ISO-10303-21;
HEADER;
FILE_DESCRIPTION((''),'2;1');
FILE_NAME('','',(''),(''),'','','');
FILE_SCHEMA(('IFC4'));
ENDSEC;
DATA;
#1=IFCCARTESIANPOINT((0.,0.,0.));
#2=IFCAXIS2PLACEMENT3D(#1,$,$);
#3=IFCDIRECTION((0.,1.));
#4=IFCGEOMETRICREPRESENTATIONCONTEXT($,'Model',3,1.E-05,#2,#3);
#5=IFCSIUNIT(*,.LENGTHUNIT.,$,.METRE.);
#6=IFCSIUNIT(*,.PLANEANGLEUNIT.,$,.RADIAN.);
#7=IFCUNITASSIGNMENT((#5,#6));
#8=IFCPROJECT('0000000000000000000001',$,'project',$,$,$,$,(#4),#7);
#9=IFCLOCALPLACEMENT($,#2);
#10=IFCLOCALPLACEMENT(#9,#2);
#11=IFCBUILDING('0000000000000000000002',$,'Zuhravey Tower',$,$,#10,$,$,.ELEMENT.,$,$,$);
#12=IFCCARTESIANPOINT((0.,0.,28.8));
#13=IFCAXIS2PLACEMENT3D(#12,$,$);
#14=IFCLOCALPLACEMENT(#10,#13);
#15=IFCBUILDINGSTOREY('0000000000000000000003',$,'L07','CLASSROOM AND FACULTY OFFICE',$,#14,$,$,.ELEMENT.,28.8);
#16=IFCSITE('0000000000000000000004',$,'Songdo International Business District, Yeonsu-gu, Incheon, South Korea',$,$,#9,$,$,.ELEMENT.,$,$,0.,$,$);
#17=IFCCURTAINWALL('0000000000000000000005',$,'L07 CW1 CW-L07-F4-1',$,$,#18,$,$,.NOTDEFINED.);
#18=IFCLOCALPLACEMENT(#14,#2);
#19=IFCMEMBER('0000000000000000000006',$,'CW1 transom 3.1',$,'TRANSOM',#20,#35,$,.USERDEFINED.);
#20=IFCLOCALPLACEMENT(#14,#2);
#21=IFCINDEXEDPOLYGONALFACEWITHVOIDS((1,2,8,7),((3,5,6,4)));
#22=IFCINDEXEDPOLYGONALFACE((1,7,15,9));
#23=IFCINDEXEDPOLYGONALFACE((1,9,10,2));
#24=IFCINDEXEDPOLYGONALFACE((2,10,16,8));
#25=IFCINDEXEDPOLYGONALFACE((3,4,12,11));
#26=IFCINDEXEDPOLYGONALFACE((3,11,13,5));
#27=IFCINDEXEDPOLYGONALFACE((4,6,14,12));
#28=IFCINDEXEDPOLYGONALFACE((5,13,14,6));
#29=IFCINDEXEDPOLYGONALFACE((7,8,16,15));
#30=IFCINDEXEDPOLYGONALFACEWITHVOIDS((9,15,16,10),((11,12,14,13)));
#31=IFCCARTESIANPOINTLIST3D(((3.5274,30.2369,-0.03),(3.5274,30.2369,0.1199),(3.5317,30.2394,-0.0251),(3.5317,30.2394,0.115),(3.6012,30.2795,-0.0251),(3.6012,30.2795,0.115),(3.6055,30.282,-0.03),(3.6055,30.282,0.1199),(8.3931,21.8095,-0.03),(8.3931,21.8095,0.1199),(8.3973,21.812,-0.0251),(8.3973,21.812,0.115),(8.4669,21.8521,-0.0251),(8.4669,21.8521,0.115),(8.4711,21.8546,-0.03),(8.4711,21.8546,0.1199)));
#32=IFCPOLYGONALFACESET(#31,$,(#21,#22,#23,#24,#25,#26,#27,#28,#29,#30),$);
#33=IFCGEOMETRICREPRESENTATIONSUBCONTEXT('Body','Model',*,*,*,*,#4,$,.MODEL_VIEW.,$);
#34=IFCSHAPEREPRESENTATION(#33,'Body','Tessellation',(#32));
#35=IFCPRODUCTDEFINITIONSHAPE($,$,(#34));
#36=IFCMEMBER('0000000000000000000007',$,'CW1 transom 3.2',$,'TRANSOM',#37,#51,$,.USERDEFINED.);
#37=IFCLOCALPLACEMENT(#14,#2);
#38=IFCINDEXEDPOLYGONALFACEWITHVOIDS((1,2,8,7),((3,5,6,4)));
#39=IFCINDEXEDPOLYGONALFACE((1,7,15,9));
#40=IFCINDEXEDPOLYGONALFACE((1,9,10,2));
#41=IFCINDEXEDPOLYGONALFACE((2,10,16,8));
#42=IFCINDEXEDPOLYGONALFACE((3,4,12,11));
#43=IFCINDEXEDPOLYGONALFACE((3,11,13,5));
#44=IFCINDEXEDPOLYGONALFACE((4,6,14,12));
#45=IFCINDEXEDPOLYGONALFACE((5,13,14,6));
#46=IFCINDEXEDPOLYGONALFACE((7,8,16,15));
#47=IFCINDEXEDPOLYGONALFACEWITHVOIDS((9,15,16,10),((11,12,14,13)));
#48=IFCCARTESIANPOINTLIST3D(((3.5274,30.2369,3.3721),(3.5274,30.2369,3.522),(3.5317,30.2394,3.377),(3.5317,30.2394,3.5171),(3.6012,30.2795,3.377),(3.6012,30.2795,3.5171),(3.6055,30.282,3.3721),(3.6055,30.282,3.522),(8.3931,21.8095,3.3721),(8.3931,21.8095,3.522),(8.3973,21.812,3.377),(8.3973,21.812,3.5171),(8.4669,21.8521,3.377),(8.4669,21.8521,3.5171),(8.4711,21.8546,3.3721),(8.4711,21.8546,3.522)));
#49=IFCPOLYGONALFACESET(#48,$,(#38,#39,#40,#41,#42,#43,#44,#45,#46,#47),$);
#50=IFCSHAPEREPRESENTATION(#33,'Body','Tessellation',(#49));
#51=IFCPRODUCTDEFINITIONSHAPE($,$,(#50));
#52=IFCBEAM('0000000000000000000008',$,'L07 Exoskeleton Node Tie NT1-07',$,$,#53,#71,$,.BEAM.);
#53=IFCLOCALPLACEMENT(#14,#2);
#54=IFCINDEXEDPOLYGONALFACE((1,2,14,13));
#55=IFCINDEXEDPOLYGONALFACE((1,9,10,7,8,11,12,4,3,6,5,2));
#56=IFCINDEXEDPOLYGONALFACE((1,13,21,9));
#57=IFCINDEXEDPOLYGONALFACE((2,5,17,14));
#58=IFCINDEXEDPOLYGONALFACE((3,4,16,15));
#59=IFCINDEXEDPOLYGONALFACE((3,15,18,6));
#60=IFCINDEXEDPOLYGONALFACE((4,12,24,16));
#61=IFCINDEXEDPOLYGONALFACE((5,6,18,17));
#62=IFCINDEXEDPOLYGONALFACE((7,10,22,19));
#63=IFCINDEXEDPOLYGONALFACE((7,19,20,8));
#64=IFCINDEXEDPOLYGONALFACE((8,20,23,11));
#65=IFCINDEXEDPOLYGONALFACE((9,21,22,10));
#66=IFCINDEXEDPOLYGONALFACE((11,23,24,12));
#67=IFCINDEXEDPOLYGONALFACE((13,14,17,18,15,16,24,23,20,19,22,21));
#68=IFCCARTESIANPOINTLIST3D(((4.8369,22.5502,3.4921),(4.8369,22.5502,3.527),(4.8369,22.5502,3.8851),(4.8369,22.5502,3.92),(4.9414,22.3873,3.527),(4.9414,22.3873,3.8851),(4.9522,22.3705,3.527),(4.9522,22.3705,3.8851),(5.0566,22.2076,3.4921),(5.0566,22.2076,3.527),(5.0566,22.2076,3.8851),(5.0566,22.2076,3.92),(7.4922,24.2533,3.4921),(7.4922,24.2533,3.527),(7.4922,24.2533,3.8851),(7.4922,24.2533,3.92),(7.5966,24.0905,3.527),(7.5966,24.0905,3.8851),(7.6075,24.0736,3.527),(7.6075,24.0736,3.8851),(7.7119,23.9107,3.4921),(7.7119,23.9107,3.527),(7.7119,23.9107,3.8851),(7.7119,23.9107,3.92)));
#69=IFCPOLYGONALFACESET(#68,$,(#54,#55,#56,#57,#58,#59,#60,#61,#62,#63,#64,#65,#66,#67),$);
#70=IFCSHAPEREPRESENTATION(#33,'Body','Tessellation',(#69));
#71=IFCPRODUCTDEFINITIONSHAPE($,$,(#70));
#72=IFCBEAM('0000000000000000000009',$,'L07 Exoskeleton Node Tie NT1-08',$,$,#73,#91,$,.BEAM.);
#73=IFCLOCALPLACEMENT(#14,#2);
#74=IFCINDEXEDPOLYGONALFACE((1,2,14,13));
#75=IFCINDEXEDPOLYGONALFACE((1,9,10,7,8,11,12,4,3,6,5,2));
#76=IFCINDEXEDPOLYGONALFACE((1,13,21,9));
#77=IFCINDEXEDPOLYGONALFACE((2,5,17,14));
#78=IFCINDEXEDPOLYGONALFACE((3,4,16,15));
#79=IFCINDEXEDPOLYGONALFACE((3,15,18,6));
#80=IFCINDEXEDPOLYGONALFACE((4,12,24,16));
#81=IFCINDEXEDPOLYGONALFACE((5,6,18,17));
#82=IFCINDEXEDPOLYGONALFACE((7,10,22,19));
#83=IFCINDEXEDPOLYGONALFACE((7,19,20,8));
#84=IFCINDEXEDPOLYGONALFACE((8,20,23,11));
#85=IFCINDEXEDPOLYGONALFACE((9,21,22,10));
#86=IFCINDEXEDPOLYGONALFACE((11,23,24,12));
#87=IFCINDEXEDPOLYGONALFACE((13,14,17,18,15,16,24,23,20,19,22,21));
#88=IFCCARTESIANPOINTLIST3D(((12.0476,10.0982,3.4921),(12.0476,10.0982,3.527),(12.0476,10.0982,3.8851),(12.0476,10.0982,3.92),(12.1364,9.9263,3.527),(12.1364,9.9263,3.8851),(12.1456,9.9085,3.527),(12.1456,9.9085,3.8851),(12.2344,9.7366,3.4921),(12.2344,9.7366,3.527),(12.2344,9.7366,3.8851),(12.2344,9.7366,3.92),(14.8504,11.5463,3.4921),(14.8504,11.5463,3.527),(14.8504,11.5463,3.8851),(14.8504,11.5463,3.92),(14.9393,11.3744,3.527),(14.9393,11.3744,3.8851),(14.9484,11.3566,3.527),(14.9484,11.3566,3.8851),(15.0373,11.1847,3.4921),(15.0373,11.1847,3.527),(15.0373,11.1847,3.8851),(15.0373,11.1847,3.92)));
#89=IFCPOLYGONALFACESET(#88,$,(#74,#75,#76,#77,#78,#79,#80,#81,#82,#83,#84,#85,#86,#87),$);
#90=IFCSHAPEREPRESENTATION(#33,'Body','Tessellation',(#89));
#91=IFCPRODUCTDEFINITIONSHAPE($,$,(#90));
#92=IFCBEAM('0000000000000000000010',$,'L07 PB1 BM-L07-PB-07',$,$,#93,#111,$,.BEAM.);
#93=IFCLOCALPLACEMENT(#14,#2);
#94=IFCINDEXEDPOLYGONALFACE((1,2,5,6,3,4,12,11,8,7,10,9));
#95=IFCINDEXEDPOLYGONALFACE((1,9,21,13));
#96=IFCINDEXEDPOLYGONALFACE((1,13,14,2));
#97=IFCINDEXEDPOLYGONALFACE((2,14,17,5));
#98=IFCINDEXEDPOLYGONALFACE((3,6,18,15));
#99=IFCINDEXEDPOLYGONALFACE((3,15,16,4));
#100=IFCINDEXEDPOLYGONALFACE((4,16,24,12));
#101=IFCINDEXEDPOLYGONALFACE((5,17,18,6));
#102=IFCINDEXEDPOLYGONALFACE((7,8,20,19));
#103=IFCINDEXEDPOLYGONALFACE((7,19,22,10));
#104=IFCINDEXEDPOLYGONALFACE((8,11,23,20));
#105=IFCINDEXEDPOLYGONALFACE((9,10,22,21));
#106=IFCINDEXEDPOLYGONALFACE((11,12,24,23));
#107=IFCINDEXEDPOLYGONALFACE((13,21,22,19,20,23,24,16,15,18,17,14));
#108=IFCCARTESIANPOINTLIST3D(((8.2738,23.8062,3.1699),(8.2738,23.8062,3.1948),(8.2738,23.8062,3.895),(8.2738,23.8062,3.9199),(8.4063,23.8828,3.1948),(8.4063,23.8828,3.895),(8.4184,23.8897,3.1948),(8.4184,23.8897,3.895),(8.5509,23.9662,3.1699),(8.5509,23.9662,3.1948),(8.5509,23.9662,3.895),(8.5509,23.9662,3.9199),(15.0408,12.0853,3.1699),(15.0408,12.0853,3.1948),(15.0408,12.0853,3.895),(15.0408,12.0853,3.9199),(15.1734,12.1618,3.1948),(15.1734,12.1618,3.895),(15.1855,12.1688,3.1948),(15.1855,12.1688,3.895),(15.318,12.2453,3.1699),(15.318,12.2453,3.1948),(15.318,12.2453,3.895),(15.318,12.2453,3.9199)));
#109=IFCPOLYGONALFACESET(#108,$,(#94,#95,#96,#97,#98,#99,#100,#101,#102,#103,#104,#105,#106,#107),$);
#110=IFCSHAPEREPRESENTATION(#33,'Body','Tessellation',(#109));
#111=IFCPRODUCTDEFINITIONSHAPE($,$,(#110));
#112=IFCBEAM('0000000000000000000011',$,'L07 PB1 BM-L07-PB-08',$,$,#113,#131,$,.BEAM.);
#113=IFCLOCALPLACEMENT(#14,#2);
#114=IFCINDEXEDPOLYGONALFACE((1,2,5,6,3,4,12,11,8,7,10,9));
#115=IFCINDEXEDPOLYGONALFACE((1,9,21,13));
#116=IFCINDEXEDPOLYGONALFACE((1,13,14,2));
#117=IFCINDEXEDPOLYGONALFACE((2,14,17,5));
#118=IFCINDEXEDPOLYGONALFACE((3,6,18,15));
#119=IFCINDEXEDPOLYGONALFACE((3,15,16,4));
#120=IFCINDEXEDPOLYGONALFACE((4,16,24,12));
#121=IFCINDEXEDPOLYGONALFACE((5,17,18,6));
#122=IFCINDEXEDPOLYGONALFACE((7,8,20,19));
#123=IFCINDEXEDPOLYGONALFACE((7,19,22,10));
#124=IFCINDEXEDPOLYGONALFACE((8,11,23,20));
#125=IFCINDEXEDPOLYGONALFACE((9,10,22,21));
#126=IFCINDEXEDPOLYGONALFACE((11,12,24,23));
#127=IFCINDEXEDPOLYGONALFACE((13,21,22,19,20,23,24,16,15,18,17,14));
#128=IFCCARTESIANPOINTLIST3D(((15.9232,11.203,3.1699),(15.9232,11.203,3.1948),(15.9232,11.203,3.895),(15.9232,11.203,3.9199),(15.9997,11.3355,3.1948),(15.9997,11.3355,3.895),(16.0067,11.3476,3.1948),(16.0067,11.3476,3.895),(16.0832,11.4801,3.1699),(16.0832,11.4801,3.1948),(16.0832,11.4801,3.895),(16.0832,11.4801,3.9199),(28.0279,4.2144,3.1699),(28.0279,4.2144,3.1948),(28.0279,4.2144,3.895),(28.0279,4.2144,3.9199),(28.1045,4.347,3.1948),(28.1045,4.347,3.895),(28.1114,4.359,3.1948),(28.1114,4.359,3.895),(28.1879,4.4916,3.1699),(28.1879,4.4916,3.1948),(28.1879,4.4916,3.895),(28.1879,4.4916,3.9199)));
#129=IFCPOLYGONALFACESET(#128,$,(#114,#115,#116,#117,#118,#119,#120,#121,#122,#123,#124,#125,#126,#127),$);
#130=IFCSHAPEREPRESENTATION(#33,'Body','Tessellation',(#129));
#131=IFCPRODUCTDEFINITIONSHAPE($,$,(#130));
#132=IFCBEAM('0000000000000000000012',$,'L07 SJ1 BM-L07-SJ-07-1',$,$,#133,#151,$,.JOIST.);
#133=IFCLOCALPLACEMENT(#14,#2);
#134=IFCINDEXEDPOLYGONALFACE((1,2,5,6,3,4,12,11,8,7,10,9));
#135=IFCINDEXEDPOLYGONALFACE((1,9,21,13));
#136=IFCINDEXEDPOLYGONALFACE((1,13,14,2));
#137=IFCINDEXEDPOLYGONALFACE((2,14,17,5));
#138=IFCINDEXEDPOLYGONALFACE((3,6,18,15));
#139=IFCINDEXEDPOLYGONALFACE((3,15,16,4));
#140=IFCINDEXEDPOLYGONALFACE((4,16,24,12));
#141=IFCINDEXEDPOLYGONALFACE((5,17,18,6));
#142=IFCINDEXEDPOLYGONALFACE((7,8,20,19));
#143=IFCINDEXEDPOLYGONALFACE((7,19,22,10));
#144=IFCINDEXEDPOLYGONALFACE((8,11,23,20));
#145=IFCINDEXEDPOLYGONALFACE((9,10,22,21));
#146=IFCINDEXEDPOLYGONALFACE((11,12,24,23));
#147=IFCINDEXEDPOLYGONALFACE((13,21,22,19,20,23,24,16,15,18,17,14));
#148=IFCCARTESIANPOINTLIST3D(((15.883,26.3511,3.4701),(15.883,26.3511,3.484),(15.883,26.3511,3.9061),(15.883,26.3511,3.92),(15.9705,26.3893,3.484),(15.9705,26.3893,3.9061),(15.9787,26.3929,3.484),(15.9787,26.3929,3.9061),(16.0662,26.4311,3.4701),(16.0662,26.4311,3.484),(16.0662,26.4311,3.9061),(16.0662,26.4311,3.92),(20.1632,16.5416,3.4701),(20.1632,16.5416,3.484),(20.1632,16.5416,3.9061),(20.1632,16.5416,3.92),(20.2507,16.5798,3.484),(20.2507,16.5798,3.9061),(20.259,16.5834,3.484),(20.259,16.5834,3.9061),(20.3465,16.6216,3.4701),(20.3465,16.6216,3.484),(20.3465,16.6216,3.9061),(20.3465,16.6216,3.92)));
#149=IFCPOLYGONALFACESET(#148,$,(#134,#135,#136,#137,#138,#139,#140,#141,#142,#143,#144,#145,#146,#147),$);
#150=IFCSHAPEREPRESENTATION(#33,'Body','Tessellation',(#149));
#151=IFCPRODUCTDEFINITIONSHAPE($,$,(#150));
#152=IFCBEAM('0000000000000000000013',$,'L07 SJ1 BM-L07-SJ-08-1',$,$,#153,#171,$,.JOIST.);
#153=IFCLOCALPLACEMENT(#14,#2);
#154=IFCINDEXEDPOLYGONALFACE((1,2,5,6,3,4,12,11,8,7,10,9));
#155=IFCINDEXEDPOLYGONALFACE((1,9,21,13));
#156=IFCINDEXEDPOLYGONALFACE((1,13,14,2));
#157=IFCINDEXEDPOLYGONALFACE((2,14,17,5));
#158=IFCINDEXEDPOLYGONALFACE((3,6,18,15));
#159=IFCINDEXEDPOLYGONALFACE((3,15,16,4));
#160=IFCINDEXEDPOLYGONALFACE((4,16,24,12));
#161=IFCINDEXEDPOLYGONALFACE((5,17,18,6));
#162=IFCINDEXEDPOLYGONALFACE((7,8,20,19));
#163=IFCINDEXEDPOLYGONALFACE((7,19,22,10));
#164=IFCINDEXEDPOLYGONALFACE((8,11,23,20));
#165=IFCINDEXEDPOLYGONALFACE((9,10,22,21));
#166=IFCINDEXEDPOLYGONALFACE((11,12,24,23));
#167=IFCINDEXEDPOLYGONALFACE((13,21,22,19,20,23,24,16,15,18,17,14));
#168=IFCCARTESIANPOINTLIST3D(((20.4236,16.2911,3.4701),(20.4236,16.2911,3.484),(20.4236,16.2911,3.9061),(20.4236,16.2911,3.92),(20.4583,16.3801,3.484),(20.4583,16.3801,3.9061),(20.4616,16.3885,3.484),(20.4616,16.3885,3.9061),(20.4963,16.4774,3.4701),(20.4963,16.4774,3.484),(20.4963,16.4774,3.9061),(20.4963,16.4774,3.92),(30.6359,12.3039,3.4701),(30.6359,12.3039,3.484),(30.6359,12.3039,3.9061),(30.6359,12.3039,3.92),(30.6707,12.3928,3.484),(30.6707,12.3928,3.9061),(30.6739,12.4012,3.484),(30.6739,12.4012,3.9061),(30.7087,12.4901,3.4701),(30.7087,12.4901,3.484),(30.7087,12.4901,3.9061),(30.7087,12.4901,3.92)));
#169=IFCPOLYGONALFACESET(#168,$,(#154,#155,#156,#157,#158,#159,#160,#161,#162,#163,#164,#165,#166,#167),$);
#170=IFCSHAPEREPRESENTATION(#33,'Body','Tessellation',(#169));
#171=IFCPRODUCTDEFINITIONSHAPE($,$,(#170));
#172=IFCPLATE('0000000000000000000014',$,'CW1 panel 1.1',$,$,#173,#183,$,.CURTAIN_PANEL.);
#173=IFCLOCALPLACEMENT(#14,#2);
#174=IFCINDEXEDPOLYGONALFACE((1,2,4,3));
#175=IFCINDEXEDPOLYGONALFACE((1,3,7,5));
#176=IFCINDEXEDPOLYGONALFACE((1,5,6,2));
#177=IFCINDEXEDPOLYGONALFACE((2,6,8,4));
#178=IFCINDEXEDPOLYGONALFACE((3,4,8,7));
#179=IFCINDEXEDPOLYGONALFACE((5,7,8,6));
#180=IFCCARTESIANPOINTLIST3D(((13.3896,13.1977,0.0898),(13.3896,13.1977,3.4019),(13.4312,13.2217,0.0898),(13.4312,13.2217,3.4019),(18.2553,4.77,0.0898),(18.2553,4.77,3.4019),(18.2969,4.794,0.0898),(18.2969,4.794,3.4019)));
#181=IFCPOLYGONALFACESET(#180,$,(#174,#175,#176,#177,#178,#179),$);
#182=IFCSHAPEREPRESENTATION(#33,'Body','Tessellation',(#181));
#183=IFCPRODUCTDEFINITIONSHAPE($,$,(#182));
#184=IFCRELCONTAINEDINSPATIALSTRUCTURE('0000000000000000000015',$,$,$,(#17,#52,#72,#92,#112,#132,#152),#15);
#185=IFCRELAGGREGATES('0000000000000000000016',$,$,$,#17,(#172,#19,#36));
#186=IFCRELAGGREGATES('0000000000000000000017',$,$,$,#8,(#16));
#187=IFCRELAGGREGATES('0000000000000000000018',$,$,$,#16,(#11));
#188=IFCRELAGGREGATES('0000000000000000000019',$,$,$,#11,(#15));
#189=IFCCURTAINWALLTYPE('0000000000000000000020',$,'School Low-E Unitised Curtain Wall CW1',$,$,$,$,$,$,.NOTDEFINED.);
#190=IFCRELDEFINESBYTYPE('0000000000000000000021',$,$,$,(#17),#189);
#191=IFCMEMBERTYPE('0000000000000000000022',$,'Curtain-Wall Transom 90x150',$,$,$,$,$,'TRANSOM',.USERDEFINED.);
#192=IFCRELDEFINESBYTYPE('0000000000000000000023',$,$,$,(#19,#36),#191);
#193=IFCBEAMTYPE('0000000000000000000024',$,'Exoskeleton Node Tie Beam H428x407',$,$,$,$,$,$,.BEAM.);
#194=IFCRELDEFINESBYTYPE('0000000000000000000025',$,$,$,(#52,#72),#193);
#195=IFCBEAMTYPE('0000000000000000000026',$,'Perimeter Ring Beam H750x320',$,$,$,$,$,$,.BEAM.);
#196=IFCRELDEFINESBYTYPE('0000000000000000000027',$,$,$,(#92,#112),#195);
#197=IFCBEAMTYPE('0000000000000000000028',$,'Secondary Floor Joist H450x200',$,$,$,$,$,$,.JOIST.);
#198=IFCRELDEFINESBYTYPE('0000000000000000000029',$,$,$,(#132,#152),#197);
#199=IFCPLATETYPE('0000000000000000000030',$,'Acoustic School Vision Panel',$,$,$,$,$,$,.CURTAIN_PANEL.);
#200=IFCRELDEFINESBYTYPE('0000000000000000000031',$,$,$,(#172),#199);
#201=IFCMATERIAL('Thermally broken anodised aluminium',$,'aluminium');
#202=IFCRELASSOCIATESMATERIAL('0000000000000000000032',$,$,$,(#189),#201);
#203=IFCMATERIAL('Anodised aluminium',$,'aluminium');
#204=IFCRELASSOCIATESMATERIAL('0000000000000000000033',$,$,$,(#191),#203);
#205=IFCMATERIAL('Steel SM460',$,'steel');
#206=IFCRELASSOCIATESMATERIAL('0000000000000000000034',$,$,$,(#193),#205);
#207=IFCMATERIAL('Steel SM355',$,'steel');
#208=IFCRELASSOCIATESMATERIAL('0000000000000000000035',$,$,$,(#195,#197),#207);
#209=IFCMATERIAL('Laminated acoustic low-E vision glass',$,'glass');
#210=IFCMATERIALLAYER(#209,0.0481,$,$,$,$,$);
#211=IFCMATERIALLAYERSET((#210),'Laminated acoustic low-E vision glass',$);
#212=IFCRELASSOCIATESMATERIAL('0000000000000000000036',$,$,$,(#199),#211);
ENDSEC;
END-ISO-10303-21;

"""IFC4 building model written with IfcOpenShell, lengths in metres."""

from ifc_helpers import new_model, si_unit, direction, frame, origin, origin_2d, place, context, subcontext, project, spatial, rectangle, hollow_rectangle, i_section, extrude, material, layer, layer_set, material_profile, profile_set, type_object, element, aggregate, save


model = new_model("IFC4")

# Units and contexts
model_context = context("Model", 3, precision=1e-05, world=origin(), true_north=direction((0.0, 1.0)))
body_context = subcontext(model_context, "Body", "Model", "MODEL_VIEW")
ifc_project = project(units=[si_unit("LENGTHUNIT", "METRE"), si_unit("PLANEANGLEUNIT", "RADIAN")], contexts=[model_context])

# Site, building, storey
site_placement = place(None, origin())
site = spatial("IfcSite", under=ifc_project, at=site_placement, Name="Songdo International Business District, Yeonsu-gu, Incheon, South Korea", CompositionType="ELEMENT", RefElevation=0.0)
building_placement = place(site_placement, origin())
building = spatial("IfcBuilding", under=site, at=building_placement, Name="Zuhravey Tower", CompositionType="ELEMENT")
storey_placement = place(building_placement, frame((0.0, 0.0, 28.8)))
storey = spatial("IfcBuildingStorey", under=building, at=storey_placement, Name="L07", Description="CLASSROOM AND FACULTY OFFICE", CompositionType="ELEMENT", Elevation=28.8)

# Shared definitions
ifc_material_1 = material(Name="Thermally broken anodised aluminium", Category="aluminium")
curtain_wall_type = type_object("IfcCurtainWallType", Name="School Low-E Unitised Curtain Wall CW1", PredefinedType="NOTDEFINED", material=ifc_material_1)
ifc_material_2 = material(Name="Anodised aluminium", Category="aluminium")

# Curtain wall, members
curtain_wall_1_placement = place(storey_placement, origin())
curtain_wall_1 = element("IfcCurtainWall", 1, at=curtain_wall_1_placement, inside=storey, type_object=curtain_wall_type, Name="L07 CW1 CW-L07-F4-1", PredefinedType="NOTDEFINED")
ifc_material_profile_1 = material_profile(ifc_material_2, hollow_rectangle(XDim=0.0901, YDim=0.1499, WallThickness=0.0049, at=origin_2d()), Name="ALU-RHS-90x150x5")
ifc_profile_set_1 = profile_set([ifc_material_profile_1], Name="Anodised aluminium")
member_type_1 = type_object("IfcMemberType", Name="Curtain-Wall Transom 90x150", ElementType="TRANSOM", PredefinedType="USERDEFINED", material=ifc_profile_set_1)
member_1_placement = place(storey_placement, frame((8.4321, 21.832, 0.0449), z_axis=(-0.500008, 0.866021, 0.0), x_axis=(-0.866021, -0.500008, 0.0)))
member_1 = element("IfcMember", 2, at=member_1_placement, type_object=member_type_1, Name="CW1 transom 3.1", ObjectType="TRANSOM", PredefinedType="USERDEFINED", context=body_context, shape_type="SweptSolid", body=[
    extrude(hollow_rectangle(XDim=0.0901, YDim=0.1499, WallThickness=0.0049, at=origin_2d()), origin(), (0.0, 0.0, 1.0), 9.7312),
])
member_2_placement = place(storey_placement, frame((8.4321, 21.832, 3.447), z_axis=(-0.500008, 0.866021, 0.0), x_axis=(-0.866021, -0.500008, 0.0)))
member_2 = element("IfcMember", 3, at=member_2_placement, type_object=member_type_1, Name="CW1 transom 3.2", ObjectType="TRANSOM", PredefinedType="USERDEFINED", context=body_context, shape_type="SweptSolid", body=[
    extrude(hollow_rectangle(XDim=0.0901, YDim=0.1499, WallThickness=0.0049, at=origin_2d()), origin(), (0.0, 0.0, 1.0), 9.7312),
])

# Beams
ifc_material_3 = material(Name="Steel SM460", Category="steel")
ifc_material_profile_2 = material_profile(ifc_material_3, i_section(OverallWidth=0.407, OverallDepth=0.428, WebThickness=0.02, FlangeThickness=0.0349, at=origin_2d()), Name="H-428x407x20x35")
ifc_profile_set_2 = profile_set([ifc_material_profile_2], Name="Steel SM460")
beam_type_1 = type_object("IfcBeamType", Name="Exoskeleton Node Tie Beam H428x407", PredefinedType="BEAM", material=ifc_profile_set_2)
beam_1_placement = place(storey_placement, frame((7.6021, 24.082, 3.7061), z_axis=(-0.841731, -0.539897, 0.0), x_axis=(0.539897, -0.841731, 0.0)))
element("IfcBeam", 4, at=beam_1_placement, inside=storey, type_object=beam_type_1, Name="L07 Exoskeleton Node Tie NT1-07", PredefinedType="BEAM", context=body_context, shape_type="SweptSolid", body=[
    extrude(i_section(OverallWidth=0.407, OverallDepth=0.428, WebThickness=0.02, FlangeThickness=0.0349, at=origin_2d()), origin(), (0.0, 0.0, 1.0), 3.1545),
])
beam_2_placement = place(storey_placement, frame((14.9438, 11.3655, 3.7061), z_axis=(-0.888436, -0.459, 0.0), x_axis=(0.459, -0.888436, 0.0)))
element("IfcBeam", 5, at=beam_2_placement, inside=storey, type_object=beam_type_1, Name="L07 Exoskeleton Node Tie NT1-08", PredefinedType="BEAM", context=body_context, shape_type="SweptSolid", body=[
    extrude(i_section(OverallWidth=0.407, OverallDepth=0.428, WebThickness=0.02, FlangeThickness=0.0349, at=origin_2d()), origin(), (0.0, 0.0, 1.0), 3.1548),
])
ifc_material_4 = material(Name="Steel SM355", Category="steel")
ifc_material_profile_3 = material_profile(ifc_material_4, i_section(OverallWidth=0.3201, OverallDepth=0.75, WebThickness=0.0139, FlangeThickness=0.0249, at=origin_2d()), Name="H-750x320x14x25")
ifc_profile_set_3 = profile_set([ifc_material_profile_3], Name="Steel SM355")
beam_type_2 = type_object("IfcBeamType", Name="Perimeter Ring Beam H750x320", PredefinedType="BEAM", material=ifc_profile_set_3)
beam_3_placement = place(storey_placement, frame((8.4124, 23.8862, 3.5449), z_axis=(0.5, -0.866025, 0.0), x_axis=(0.866025, 0.5, 0.0)))
element("IfcBeam", 6, at=beam_3_placement, inside=storey, type_object=beam_type_2, Name="L07 PB1 BM-L07-PB-07", PredefinedType="BEAM", context=body_context, shape_type="SweptSolid", body=[
    extrude(i_section(OverallWidth=0.3201, OverallDepth=0.75, WebThickness=0.0139, FlangeThickness=0.0249, at=origin_2d()), origin(), (0.0, 0.0, 1.0), 13.5342),
])
beam_4_placement = place(storey_placement, frame((16.0032, 11.3416, 3.5449), z_axis=(0.86603, -0.499992, 0.0), x_axis=(0.499992, 0.86603, 0.0)))
element("IfcBeam", 7, at=beam_4_placement, inside=storey, type_object=beam_type_2, Name="L07 PB1 BM-L07-PB-08", PredefinedType="BEAM", context=body_context, shape_type="SweptSolid", body=[
    extrude(i_section(OverallWidth=0.3201, OverallDepth=0.75, WebThickness=0.0139, FlangeThickness=0.0249, at=origin_2d()), origin(), (0.0, 0.0, 1.0), 13.9773),
])
ifc_material_profile_4 = material_profile(ifc_material_4, i_section(OverallWidth=0.2, OverallDepth=0.45, WebThickness=0.009, FlangeThickness=0.0139, at=origin_2d()), Name="H-450x200x9x14")
ifc_profile_set_4 = profile_set([ifc_material_profile_4], Name="Steel SM355")
beam_type_3 = type_object("IfcBeamType", Name="Secondary Floor Joist H450x200", PredefinedType="JOIST", material=ifc_profile_set_4)
beam_5_placement = place(storey_placement, frame((15.9746, 26.3911, 3.6951), z_axis=(0.399924, -0.916549, 0.0), x_axis=(0.916549, 0.399924, 0.0)))
element("IfcBeam", 8, at=beam_5_placement, inside=storey, type_object=beam_type_3, Name="L07 SJ1 BM-L07-SJ-07-1", PredefinedType="JOIST", context=body_context, shape_type="SweptSolid", body=[
    extrude(i_section(OverallWidth=0.2, OverallDepth=0.45, WebThickness=0.009, FlangeThickness=0.0139, at=origin_2d()), origin(), (0.0, 0.0, 1.0), 10.7026),
])
beam_6_placement = place(storey_placement, frame((20.46, 16.3843, 3.6951), z_axis=(0.931517, -0.363699, 0.0), x_axis=(0.363699, 0.931517, 0.0)))
element("IfcBeam", 9, at=beam_6_placement, inside=storey, type_object=beam_type_3, Name="L07 SJ1 BM-L07-SJ-08-1", PredefinedType="JOIST", context=body_context, shape_type="SweptSolid", body=[
    extrude(i_section(OverallWidth=0.2, OverallDepth=0.45, WebThickness=0.009, FlangeThickness=0.0139, at=origin_2d()), origin(), (0.0, 0.0, 1.0), 10.9631),
])

# Plate
ifc_material_5 = material(Name="Laminated acoustic low-E vision glass", Category="glass")
ifc_layer_1 = layer(ifc_material_5, 0.0481)
ifc_layer_set_1 = layer_set([ifc_layer_1], Name="Laminated acoustic low-E vision glass")
plate_type = type_object("IfcPlateType", Name="Acoustic School Vision Panel", PredefinedType="CURTAIN_PANEL", material=ifc_layer_set_1)
plate_1_placement = place(storey_placement, frame((15.8433, 8.9958, 0.0898), z_axis=(0.0, 0.0, 1.0), x_axis=(-0.5, 0.866026, 0.0)))
plate_1 = element("IfcPlate", 10, at=plate_1_placement, type_object=plate_type, Name="CW1 panel 1.1", PredefinedType="CURTAIN_PANEL", context=body_context, shape_type="SweptSolid", body=[
    extrude(rectangle(XDim=9.7314, YDim=0.0481, at=origin_2d()), origin(), (0.0, 0.0, 1.0), 3.312),
])
aggregate(curtain_wall_1, [plate_1, member_1, member_2])

save(model, "model.ifc")
